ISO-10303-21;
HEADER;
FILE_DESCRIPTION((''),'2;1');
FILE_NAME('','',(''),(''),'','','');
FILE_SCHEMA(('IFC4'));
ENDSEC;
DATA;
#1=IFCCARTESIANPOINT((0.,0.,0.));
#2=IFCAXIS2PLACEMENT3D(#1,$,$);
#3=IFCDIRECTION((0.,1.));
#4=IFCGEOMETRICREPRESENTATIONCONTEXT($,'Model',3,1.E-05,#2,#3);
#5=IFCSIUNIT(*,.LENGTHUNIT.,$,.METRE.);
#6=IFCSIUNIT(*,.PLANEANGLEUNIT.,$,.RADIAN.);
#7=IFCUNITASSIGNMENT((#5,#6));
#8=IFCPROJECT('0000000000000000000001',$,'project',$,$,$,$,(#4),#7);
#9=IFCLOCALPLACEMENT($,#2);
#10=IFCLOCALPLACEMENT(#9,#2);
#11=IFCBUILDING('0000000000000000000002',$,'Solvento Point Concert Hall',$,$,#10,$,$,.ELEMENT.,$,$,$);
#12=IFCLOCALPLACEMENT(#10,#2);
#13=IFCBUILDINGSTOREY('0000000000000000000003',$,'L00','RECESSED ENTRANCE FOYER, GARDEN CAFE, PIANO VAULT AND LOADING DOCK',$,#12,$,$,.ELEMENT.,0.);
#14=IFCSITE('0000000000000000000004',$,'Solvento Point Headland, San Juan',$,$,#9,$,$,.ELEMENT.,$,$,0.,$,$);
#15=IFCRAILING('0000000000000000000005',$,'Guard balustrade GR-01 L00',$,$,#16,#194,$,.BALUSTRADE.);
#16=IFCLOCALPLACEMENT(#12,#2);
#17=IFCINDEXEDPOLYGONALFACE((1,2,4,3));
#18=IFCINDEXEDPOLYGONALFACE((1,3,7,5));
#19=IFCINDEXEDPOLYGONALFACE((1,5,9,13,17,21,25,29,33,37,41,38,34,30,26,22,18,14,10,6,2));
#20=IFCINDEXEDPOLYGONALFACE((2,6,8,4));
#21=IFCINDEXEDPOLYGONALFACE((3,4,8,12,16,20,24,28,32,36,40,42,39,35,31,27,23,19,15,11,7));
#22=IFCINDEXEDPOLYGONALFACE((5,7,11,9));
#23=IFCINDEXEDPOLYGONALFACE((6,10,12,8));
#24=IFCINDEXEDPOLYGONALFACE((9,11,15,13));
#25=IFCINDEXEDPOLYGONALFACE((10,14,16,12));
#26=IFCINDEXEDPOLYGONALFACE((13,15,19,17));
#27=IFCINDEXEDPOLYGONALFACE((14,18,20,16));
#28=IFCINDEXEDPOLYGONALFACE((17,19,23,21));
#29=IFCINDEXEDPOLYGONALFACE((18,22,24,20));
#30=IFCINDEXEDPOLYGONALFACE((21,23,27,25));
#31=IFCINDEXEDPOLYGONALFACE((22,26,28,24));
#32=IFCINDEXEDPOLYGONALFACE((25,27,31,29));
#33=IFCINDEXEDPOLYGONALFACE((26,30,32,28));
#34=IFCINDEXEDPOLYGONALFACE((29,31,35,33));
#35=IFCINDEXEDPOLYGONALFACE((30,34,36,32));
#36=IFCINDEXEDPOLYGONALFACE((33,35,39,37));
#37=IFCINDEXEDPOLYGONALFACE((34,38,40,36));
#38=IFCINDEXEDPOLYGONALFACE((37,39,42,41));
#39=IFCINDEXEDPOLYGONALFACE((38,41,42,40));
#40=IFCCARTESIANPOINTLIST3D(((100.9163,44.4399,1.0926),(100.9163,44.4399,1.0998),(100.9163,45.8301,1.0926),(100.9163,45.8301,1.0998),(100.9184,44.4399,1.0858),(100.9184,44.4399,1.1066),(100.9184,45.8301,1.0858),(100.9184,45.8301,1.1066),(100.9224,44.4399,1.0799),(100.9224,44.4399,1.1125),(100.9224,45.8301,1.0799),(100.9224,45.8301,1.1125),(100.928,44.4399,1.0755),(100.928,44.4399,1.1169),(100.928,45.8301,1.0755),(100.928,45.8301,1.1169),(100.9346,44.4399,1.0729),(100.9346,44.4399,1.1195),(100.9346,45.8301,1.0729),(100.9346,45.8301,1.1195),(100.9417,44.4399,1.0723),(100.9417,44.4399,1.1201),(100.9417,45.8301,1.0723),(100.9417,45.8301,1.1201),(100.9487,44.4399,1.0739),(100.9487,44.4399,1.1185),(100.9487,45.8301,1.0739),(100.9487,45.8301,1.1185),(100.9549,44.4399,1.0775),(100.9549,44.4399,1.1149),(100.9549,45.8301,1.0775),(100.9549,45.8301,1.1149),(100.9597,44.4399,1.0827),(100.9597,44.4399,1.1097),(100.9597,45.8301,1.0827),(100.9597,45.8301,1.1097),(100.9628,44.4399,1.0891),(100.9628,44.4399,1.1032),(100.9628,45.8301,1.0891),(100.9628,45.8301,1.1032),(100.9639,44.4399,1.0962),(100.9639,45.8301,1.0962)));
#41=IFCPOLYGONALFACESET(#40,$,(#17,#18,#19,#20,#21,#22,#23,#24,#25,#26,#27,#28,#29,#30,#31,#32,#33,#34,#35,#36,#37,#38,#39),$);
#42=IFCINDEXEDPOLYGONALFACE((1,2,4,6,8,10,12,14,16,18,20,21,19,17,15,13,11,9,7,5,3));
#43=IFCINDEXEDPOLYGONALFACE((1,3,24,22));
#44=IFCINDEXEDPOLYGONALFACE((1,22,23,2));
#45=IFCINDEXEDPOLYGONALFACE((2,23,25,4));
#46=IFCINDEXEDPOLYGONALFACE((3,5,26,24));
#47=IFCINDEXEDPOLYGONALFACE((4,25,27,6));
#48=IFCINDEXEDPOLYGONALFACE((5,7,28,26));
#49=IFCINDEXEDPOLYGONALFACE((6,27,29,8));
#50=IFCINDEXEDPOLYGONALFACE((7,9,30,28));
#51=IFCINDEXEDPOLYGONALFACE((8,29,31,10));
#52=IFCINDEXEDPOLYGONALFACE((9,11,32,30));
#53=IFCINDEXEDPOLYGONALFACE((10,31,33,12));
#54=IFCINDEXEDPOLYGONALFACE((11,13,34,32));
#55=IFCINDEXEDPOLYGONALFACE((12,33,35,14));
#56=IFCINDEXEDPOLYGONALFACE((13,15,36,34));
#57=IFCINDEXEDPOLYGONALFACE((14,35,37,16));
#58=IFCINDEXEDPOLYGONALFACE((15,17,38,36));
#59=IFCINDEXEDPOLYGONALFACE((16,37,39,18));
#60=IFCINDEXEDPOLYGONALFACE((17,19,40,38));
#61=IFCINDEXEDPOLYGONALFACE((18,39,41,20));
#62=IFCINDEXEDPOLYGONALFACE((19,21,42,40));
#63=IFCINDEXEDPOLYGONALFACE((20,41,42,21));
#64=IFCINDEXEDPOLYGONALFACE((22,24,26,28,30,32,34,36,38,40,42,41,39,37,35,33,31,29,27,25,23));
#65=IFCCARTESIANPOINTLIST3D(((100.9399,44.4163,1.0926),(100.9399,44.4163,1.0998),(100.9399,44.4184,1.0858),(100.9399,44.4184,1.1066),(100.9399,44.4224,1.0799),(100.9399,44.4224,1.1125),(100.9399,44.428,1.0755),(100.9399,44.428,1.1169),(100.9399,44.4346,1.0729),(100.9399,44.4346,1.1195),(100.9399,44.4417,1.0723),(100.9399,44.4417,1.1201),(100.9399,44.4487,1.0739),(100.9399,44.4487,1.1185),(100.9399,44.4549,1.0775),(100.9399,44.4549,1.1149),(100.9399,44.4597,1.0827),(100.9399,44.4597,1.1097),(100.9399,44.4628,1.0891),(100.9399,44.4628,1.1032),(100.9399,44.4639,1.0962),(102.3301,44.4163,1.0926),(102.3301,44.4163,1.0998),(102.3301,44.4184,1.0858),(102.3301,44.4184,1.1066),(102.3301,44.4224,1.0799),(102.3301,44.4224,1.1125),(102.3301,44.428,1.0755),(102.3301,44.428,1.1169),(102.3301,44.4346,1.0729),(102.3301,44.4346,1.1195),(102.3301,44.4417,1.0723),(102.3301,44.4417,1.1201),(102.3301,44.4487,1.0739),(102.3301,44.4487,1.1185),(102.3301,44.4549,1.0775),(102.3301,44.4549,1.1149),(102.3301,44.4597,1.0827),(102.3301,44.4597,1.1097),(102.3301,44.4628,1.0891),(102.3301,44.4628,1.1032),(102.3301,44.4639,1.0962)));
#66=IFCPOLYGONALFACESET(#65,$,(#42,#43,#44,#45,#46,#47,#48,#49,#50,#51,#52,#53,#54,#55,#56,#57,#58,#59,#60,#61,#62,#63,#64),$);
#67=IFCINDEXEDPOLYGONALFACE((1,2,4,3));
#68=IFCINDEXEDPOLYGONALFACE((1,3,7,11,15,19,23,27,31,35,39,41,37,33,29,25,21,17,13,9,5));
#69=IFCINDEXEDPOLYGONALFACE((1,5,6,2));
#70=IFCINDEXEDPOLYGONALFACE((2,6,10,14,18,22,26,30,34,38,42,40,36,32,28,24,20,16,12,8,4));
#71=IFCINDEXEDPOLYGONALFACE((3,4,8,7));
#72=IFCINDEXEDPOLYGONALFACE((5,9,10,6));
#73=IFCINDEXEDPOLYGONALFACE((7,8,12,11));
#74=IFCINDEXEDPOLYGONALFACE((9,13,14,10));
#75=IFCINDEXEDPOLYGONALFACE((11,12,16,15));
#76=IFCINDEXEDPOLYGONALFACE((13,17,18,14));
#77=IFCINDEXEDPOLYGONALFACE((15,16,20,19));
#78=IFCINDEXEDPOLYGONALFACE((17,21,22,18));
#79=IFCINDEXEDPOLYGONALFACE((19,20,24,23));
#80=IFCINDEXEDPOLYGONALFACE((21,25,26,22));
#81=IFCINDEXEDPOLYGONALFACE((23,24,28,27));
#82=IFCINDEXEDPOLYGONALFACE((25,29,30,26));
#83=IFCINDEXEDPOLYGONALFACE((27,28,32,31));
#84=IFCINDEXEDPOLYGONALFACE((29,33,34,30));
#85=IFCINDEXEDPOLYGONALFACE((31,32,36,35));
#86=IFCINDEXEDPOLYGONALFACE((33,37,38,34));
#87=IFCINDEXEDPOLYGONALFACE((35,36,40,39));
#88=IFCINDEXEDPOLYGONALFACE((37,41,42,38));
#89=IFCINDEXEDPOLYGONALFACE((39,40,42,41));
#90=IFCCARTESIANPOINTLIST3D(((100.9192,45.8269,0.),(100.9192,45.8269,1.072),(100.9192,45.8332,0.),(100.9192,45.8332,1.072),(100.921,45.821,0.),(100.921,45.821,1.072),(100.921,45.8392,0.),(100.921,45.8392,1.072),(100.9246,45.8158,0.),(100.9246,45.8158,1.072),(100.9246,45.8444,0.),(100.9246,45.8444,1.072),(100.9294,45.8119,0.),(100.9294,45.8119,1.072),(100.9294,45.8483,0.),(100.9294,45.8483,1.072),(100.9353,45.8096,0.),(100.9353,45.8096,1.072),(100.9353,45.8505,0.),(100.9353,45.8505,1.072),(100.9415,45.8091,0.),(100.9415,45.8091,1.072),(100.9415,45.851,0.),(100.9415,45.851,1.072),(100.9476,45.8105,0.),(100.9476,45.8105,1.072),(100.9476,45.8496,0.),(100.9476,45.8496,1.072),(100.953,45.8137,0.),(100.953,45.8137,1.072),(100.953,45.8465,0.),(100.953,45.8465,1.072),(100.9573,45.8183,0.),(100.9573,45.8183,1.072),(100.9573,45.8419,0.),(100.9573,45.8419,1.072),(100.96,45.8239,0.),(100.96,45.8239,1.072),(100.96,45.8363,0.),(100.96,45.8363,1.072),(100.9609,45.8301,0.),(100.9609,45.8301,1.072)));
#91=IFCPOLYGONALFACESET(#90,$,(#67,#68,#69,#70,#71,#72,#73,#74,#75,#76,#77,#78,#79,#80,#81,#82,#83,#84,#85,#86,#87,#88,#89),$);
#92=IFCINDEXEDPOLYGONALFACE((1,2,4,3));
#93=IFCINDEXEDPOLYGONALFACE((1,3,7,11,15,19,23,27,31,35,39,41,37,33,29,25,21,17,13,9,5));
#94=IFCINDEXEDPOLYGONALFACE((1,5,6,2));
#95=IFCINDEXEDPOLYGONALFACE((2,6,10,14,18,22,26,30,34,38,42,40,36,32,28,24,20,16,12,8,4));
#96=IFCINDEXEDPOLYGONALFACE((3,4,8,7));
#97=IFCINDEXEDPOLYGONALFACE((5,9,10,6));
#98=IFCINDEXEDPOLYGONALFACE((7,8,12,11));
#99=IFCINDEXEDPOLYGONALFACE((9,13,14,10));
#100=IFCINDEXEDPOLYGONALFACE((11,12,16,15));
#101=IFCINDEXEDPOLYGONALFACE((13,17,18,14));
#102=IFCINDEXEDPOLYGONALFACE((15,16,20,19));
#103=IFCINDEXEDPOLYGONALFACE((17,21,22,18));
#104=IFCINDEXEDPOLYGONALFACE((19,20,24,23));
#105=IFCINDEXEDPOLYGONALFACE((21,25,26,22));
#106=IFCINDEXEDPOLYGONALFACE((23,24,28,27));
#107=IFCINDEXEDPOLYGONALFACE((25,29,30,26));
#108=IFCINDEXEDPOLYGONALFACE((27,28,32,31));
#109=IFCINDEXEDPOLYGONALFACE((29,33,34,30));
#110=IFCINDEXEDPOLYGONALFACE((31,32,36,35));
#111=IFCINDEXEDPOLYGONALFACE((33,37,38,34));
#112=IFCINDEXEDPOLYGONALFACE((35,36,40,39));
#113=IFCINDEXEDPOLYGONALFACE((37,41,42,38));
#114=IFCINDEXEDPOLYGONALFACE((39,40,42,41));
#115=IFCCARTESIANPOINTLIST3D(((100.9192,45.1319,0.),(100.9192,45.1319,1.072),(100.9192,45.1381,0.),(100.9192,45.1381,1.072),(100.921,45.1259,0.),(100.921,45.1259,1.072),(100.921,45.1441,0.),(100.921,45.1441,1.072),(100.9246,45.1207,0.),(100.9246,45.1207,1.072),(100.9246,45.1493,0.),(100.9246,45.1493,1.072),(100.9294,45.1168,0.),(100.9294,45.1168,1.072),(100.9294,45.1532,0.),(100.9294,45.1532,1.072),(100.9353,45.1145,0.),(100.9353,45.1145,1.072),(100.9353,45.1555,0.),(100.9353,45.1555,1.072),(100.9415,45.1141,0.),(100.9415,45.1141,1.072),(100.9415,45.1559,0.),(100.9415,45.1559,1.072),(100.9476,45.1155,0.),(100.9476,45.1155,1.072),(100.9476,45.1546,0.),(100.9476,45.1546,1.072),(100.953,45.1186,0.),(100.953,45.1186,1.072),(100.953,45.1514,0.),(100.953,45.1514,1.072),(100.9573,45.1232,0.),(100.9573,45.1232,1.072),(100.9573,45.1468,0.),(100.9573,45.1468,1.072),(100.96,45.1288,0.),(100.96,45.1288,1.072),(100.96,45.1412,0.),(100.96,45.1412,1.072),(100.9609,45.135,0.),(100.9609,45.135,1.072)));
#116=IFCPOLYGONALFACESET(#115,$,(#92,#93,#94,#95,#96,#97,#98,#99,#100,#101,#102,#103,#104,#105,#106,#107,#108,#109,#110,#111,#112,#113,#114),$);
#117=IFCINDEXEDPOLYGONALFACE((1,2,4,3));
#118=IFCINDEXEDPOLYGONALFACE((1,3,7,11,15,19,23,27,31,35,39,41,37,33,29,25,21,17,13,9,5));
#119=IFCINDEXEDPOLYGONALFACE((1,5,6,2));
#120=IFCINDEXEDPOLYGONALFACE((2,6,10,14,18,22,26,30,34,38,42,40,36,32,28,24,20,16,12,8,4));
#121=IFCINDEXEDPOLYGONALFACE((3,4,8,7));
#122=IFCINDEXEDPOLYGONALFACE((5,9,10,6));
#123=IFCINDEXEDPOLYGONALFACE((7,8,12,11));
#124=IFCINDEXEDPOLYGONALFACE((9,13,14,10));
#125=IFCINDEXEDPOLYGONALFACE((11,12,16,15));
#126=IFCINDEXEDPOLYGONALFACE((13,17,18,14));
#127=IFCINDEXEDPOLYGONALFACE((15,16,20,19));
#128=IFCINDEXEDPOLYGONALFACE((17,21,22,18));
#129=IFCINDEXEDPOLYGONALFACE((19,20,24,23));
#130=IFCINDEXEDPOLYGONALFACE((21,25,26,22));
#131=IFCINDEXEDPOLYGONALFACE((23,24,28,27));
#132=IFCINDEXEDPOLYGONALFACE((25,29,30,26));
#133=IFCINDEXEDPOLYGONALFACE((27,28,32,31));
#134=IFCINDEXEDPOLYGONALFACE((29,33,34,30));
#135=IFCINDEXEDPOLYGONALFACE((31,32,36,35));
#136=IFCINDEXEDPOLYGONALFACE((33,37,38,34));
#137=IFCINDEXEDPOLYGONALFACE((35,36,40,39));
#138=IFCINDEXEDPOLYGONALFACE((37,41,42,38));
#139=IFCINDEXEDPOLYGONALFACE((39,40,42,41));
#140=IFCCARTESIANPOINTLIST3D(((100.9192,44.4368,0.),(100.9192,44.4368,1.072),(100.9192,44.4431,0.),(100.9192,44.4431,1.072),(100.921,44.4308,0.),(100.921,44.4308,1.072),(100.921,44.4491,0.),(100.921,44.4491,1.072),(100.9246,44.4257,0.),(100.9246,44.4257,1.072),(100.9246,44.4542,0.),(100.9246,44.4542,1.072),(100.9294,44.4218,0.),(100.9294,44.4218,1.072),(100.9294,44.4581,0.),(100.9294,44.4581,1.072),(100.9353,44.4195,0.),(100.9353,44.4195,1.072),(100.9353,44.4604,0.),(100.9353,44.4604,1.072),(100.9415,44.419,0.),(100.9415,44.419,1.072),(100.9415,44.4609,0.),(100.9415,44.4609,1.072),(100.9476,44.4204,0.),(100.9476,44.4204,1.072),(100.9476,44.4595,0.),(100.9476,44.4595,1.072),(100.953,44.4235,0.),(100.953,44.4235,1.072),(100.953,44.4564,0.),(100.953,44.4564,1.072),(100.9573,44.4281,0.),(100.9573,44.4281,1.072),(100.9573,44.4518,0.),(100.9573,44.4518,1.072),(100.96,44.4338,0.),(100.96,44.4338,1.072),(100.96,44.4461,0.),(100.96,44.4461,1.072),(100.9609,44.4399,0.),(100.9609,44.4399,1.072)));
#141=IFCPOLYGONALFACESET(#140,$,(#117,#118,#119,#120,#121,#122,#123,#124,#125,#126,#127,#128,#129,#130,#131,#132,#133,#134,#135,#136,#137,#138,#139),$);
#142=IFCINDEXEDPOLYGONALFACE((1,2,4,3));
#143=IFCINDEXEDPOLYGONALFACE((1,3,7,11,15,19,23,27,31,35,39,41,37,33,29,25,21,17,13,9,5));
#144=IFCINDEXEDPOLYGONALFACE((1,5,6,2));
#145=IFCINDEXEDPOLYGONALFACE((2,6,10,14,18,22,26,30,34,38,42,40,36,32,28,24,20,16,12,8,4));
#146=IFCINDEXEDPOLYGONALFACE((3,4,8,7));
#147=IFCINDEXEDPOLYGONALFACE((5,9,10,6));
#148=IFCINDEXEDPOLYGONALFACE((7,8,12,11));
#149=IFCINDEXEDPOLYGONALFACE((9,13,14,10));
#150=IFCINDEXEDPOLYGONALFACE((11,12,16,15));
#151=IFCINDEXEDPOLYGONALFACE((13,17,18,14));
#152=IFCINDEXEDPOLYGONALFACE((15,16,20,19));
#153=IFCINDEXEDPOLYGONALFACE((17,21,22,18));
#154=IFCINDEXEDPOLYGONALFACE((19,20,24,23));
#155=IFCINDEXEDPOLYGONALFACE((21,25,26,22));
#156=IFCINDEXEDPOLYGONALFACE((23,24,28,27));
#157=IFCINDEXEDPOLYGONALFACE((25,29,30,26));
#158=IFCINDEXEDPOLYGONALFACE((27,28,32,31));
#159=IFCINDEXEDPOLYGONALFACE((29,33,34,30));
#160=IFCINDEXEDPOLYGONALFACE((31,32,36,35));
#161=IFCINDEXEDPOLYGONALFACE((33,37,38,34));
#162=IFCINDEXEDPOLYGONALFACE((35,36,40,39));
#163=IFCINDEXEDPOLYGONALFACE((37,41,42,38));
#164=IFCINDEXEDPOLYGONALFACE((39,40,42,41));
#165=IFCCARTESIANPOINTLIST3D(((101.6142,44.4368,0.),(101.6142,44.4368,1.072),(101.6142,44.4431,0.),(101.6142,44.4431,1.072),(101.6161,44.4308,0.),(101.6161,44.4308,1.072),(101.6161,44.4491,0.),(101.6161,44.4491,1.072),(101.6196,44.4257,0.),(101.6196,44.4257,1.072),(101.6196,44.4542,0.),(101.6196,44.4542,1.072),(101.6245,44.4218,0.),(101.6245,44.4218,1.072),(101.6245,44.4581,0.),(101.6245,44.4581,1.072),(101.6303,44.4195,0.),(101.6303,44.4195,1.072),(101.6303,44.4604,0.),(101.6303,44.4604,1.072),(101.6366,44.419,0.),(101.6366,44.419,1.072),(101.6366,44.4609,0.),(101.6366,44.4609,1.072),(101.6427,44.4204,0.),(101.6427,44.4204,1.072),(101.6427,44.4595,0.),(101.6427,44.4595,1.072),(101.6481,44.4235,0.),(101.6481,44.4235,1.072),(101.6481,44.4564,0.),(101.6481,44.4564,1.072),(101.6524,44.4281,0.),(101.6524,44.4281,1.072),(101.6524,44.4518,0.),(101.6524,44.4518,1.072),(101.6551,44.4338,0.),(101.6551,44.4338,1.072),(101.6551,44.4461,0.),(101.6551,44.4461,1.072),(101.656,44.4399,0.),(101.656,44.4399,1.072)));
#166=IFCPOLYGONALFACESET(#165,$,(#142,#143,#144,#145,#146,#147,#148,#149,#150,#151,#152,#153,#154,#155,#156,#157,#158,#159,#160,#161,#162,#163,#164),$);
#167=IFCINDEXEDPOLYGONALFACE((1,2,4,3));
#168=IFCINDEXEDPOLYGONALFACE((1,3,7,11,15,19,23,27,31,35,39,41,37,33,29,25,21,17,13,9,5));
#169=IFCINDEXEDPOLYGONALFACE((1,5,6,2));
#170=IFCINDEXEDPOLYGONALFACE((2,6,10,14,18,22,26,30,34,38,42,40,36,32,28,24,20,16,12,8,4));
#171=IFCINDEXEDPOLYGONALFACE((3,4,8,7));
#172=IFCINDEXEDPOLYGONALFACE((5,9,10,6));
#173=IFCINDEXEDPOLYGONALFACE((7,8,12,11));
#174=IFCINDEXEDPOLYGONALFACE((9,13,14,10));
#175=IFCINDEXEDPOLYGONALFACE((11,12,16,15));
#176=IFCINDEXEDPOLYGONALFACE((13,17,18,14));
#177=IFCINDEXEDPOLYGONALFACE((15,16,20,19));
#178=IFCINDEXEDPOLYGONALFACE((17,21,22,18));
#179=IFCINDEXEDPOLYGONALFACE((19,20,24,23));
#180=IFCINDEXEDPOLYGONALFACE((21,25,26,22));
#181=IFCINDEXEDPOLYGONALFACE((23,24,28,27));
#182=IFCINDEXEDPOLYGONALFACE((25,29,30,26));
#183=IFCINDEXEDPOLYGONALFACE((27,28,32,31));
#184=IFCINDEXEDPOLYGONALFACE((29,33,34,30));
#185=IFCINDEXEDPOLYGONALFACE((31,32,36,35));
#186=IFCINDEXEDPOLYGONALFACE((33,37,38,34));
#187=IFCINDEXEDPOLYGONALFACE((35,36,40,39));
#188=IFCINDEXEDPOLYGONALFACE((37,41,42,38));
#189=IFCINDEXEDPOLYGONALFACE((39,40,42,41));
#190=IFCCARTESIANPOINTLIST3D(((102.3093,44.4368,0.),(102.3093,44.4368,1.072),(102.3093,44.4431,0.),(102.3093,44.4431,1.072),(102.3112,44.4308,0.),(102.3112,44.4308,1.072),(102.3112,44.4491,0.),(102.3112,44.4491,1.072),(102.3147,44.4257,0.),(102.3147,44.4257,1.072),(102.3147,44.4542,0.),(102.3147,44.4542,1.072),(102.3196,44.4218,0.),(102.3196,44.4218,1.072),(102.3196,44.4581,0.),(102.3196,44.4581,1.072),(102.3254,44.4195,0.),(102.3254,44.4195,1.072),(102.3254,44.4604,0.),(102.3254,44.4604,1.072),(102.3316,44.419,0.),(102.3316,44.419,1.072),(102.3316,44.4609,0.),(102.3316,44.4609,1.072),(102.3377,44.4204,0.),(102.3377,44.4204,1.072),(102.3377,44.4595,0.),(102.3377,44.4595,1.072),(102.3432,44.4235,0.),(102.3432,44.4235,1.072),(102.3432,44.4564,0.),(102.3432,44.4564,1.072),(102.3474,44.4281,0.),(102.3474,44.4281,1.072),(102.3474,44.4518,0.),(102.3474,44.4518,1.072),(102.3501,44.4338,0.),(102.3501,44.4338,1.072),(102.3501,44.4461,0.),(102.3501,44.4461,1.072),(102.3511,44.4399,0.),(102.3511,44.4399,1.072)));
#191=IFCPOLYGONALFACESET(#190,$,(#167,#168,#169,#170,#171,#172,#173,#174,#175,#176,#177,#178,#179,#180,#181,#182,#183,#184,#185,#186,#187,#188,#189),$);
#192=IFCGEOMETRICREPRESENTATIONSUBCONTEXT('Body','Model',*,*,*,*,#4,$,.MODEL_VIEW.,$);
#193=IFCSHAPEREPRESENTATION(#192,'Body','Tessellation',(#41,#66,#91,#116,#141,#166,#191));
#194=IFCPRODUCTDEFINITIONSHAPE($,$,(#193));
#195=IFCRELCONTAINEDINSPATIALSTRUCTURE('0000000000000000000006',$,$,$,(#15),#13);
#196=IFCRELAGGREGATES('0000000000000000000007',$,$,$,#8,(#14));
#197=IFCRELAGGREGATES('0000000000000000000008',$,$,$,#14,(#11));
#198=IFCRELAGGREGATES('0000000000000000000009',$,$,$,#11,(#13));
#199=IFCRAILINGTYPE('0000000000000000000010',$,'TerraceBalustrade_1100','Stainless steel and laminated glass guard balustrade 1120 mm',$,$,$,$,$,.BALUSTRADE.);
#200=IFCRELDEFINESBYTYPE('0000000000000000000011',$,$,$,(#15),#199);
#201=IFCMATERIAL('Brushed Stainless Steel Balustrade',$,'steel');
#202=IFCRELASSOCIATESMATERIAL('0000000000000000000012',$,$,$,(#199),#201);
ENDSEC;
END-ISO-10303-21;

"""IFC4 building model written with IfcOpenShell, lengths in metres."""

from ifc_helpers import new_model, si_unit, direction, frame, origin, origin_2d, place, context, subcontext, project, spatial, circle, extrude, material, type_object, element, save


model = new_model("IFC4")

# Units and contexts
model_context = context("Model", 3, precision=1e-05, world=origin(), true_north=direction((0.0, 1.0)))
body_context = subcontext(model_context, "Body", "Model", "MODEL_VIEW")
ifc_project = project(units=[si_unit("LENGTHUNIT", "METRE"), si_unit("PLANEANGLEUNIT", "RADIAN")], contexts=[model_context])

# Site, building, storey
site_placement = place(None, origin())
site = spatial("IfcSite", under=ifc_project, at=site_placement, Name="Solvento Point Headland, San Juan", CompositionType="ELEMENT", RefElevation=0.0)
building_placement = place(site_placement, origin())
building = spatial("IfcBuilding", under=site, at=building_placement, Name="Solvento Point Concert Hall", CompositionType="ELEMENT")
storey_placement = place(building_placement, origin())
storey = spatial("IfcBuildingStorey", under=building, at=storey_placement, Name="L00", Description="RECESSED ENTRANCE FOYER, GARDEN CAFE, PIANO VAULT AND LOADING DOCK", CompositionType="ELEMENT", Elevation=0.0)

# Railing
ifc_material_1 = material(Name="Brushed Stainless Steel Balustrade", Category="steel")
railing_type_1 = type_object("IfcRailingType", Name="TerraceBalustrade_1100", Description="Stainless steel and laminated glass guard balustrade 1120 mm", PredefinedType="BALUSTRADE", material=ifc_material_1)
railing_1_placement = place(storey_placement, frame((100.9399, 45.8301, 0.0)))
element("IfcRailing", 1, at=railing_1_placement, inside=storey, type_object=railing_type_1, Name="Guard balustrade GR-01 L00", PredefinedType="BALUSTRADE", context=body_context, shape_type="SweptSolid", body=[
    extrude(circle(Radius=0.0239, at=origin_2d()), frame((0.0, 0.0, 1.0962), z_axis=(0.0, -1.0, 0.0), x_axis=(1.0, 0.0, 0.0)), (0.0, 0.0, 1.0), 1.3901),
    extrude(circle(Radius=0.0239, at=origin_2d()), frame((0.0, -1.3901, 1.0962), z_axis=(1.0, 0.0, 0.0), x_axis=(0.0, 1.0, 0.0)), (0.0, 0.0, 1.0), 1.3901),
    extrude(circle(Radius=0.021, at=origin_2d()), origin(), (0.0, 0.0, 1.0), 1.072),
    extrude(circle(Radius=0.021, at=origin_2d()), frame((0.0, -0.6951, 0.0)), (0.0, 0.0, 1.0), 1.072),
    extrude(circle(Radius=0.021, at=origin_2d()), frame((0.0, -1.3901, 0.0)), (0.0, 0.0, 1.0), 1.072),
    extrude(circle(Radius=0.021, at=origin_2d()), frame((0.6951, -1.3901, 0.0)), (0.0, 0.0, 1.0), 1.072),
    extrude(circle(Radius=0.021, at=origin_2d()), frame((1.3901, -1.3901, 0.0)), (0.0, 0.0, 1.0), 1.072),
])

save(model, "model.ifc")
